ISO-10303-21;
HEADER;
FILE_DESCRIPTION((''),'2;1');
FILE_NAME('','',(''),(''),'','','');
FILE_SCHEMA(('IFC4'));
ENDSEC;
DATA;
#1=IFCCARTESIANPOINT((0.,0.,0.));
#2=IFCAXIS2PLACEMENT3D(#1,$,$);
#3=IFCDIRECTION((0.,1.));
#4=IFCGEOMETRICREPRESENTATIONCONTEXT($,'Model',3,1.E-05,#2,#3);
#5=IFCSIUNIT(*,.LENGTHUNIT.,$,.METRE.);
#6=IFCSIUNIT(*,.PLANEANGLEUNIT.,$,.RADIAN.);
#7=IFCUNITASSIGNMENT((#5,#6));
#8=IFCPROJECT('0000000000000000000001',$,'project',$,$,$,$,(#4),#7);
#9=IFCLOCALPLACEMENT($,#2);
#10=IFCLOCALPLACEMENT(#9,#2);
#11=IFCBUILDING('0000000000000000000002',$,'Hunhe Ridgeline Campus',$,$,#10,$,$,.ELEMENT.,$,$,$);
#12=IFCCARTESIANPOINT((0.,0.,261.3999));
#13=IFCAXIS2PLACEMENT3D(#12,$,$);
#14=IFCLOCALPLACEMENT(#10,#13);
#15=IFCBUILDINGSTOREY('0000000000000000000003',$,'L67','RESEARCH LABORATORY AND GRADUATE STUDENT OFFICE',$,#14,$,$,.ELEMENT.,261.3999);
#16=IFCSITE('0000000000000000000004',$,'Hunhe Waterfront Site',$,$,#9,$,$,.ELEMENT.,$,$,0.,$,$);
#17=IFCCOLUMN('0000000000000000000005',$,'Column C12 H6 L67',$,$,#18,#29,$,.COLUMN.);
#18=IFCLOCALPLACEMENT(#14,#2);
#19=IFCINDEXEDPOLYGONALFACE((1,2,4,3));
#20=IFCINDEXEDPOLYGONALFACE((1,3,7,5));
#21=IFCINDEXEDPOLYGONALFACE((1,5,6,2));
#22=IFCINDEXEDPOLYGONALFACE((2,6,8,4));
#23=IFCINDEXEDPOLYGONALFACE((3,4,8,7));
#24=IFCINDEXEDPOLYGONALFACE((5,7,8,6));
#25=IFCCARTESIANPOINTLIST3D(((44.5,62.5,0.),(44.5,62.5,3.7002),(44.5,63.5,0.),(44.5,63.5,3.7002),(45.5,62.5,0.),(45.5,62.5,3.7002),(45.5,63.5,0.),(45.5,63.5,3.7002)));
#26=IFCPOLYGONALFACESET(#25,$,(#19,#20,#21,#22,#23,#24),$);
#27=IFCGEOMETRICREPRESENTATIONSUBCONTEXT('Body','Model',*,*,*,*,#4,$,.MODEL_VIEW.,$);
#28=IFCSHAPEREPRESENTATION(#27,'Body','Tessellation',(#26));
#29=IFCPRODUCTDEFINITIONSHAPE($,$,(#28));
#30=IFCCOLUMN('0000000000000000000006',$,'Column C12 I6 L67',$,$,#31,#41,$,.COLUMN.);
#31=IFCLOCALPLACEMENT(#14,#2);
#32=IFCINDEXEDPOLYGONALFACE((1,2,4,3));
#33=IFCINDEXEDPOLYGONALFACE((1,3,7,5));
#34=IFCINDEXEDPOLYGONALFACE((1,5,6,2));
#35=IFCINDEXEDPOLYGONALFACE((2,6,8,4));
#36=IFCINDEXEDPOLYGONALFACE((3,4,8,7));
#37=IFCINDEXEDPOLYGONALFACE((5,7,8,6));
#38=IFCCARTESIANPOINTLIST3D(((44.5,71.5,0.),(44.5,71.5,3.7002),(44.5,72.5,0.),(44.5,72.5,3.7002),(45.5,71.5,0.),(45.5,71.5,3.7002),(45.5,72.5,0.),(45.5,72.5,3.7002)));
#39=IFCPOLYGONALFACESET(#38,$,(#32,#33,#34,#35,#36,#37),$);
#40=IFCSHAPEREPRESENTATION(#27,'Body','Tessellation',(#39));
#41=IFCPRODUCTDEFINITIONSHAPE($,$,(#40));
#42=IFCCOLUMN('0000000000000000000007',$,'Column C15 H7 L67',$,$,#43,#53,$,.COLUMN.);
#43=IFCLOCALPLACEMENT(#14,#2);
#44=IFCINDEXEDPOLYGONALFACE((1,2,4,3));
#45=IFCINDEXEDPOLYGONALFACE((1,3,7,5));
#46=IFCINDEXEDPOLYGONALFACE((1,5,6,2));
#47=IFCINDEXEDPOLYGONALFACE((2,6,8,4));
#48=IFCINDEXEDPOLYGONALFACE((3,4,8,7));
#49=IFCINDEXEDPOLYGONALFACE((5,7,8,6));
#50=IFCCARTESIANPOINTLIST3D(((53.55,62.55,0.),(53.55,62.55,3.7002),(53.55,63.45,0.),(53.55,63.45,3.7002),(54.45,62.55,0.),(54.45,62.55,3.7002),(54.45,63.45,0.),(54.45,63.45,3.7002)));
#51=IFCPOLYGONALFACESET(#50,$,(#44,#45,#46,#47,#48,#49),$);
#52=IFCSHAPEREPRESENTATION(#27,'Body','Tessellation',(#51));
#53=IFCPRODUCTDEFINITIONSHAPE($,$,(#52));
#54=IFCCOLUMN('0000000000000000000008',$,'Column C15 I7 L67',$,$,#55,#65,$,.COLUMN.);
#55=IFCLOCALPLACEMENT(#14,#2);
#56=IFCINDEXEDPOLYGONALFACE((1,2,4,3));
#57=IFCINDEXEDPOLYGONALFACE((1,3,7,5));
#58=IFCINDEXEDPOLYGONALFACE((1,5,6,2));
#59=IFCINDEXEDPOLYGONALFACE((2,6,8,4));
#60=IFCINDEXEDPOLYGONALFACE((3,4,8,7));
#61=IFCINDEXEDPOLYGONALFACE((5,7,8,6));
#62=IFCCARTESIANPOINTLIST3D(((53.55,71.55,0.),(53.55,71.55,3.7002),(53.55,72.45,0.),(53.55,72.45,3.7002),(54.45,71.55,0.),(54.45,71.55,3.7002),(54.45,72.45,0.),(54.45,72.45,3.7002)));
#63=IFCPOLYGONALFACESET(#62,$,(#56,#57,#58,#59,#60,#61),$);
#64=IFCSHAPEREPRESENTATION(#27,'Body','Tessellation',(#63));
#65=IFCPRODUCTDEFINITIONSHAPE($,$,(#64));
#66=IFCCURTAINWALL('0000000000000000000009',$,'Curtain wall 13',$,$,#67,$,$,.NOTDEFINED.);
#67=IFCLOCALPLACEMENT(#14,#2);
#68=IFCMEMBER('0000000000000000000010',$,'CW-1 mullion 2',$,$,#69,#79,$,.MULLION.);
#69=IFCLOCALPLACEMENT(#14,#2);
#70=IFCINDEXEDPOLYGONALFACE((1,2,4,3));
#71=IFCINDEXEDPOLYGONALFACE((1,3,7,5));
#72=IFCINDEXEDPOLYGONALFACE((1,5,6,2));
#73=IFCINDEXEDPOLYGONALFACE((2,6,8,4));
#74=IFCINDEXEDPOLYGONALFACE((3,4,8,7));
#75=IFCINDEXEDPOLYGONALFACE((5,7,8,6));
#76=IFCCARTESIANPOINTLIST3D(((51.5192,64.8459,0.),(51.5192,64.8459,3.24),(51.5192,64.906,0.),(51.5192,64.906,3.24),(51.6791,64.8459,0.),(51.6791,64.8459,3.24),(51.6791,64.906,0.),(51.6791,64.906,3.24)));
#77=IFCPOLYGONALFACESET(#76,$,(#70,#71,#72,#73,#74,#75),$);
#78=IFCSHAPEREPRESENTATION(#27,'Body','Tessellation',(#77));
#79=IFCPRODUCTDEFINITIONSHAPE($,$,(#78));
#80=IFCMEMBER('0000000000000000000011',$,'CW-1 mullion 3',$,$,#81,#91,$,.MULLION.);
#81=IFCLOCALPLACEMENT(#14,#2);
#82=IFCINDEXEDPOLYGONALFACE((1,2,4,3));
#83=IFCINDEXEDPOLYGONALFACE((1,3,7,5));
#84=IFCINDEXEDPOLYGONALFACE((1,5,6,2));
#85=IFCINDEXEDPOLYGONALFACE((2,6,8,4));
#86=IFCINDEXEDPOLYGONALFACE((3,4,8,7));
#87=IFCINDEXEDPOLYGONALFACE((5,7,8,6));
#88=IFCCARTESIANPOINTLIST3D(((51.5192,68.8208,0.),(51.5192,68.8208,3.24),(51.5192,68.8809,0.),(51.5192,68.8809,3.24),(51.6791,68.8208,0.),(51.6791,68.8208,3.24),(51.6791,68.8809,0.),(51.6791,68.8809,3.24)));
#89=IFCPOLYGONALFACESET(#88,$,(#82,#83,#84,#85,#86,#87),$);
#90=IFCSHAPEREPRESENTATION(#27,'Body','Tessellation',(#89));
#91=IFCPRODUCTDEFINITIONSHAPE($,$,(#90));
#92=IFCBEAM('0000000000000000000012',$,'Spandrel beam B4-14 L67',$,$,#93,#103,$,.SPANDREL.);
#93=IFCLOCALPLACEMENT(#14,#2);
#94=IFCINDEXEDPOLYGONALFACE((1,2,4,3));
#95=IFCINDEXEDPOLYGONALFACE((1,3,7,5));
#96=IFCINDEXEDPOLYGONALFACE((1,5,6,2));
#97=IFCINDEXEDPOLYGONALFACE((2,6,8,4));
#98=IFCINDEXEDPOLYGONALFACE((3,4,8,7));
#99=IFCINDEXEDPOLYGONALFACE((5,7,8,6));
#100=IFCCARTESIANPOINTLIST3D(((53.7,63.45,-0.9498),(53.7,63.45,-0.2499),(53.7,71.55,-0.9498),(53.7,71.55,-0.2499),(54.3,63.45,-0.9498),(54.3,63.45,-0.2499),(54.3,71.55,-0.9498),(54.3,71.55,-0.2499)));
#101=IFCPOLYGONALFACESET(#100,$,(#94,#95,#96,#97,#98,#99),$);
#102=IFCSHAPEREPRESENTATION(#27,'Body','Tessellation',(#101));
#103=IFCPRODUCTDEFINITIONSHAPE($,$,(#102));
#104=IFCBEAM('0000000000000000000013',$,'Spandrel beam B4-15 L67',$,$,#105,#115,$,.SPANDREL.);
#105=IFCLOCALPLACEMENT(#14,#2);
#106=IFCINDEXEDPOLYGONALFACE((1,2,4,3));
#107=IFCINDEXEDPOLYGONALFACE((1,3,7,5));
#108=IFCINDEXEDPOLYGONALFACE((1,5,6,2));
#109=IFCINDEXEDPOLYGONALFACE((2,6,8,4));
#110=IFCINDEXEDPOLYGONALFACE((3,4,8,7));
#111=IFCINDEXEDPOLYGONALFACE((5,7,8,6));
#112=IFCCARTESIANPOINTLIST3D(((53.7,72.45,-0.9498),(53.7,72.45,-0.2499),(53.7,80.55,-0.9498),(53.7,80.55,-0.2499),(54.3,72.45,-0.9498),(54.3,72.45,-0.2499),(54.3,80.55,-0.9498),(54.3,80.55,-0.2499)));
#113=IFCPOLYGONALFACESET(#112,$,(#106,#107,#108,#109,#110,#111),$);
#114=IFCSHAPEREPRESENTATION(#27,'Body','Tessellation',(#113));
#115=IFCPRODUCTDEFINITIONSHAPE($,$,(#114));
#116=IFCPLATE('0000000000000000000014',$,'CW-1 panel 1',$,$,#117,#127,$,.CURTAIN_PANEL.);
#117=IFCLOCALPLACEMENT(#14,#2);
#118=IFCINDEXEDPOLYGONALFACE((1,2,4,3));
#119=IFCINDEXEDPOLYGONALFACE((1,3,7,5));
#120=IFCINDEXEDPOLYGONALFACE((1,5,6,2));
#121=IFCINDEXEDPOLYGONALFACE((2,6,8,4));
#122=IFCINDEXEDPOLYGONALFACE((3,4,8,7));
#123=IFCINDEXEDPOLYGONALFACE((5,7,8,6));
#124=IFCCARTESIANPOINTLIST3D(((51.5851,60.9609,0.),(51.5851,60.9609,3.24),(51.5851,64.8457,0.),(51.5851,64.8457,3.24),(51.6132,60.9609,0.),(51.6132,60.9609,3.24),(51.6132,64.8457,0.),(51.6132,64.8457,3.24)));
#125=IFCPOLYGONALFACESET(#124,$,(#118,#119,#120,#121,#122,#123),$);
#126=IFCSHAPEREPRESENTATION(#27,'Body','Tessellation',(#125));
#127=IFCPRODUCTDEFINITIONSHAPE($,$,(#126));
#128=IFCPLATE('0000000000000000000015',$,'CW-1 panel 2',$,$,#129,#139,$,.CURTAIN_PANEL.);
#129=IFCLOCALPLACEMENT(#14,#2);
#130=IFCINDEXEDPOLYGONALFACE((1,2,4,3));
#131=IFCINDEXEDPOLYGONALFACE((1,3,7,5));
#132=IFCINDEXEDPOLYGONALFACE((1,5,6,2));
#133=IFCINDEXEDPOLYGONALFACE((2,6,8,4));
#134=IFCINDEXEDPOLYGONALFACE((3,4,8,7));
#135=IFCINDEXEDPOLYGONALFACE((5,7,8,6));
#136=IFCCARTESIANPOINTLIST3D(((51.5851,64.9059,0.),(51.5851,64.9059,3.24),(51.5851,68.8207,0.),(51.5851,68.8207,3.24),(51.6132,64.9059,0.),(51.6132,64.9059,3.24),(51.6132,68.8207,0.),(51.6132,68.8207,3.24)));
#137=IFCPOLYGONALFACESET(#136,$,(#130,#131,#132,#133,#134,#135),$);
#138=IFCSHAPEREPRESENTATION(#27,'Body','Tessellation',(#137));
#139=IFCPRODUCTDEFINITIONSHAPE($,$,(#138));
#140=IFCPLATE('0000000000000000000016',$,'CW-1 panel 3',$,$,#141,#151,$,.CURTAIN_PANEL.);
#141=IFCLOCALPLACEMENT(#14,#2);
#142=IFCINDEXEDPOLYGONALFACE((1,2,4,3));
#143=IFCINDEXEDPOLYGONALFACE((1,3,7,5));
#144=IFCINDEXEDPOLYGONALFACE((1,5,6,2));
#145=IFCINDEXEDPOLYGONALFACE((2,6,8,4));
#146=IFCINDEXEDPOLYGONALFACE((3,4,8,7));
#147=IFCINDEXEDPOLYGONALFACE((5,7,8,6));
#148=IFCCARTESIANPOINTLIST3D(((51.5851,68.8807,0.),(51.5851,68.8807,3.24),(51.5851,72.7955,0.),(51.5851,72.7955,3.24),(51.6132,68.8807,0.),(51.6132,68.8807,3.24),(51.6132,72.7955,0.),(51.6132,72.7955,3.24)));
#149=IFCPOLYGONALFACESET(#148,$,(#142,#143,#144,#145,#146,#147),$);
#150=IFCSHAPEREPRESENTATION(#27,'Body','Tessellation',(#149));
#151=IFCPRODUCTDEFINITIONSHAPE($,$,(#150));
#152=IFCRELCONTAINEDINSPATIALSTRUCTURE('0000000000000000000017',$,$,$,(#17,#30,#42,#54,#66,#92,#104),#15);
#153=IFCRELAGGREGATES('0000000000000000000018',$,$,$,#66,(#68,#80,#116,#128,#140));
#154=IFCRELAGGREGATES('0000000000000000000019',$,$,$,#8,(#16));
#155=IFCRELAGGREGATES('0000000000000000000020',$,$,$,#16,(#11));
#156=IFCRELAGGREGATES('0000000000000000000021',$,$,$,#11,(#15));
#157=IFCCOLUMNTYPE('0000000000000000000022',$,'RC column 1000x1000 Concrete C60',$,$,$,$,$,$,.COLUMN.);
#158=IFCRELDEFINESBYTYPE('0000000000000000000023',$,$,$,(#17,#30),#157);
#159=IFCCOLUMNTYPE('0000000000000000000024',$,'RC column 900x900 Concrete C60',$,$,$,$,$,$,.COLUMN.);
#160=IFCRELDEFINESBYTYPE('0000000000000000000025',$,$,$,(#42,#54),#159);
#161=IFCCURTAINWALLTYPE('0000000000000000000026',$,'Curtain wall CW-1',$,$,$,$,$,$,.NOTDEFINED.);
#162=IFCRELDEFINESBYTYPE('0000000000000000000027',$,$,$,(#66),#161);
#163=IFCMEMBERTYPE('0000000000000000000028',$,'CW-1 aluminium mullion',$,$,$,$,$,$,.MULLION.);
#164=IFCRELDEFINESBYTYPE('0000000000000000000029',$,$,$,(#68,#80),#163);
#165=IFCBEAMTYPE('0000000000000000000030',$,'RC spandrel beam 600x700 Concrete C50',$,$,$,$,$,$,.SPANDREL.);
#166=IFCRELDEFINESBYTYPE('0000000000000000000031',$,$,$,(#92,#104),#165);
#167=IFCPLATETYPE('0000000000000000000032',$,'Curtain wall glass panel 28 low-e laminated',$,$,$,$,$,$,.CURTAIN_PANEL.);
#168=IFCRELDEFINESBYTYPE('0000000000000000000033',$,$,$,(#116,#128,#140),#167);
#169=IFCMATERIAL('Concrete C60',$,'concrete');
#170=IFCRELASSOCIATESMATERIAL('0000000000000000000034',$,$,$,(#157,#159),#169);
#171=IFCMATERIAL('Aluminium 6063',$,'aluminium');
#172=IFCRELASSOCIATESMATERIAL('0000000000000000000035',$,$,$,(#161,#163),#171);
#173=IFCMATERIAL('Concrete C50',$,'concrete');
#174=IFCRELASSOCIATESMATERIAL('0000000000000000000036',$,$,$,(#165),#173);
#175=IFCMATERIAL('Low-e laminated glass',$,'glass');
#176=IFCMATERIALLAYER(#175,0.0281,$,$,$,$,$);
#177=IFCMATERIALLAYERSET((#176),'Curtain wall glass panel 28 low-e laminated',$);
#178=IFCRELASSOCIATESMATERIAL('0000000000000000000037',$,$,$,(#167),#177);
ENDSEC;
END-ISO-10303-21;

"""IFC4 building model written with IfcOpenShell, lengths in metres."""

from ifc_helpers import new_model, si_unit, direction, frame, origin, origin_2d, place, context, subcontext, project, spatial, rectangle, extrude, material, layer, layer_set, material_profile, profile_set, type_object, element, aggregate, save


model = new_model("IFC4")

# Units and contexts
model_context = context("Model", 3, precision=1e-05, world=origin(), true_north=direction((0.0, 1.0)))
body_context = subcontext(model_context, "Body", "Model", "MODEL_VIEW")
ifc_project = project(units=[si_unit("LENGTHUNIT", "METRE"), si_unit("PLANEANGLEUNIT", "RADIAN")], contexts=[model_context])

# Site, building, storey
site_placement = place(None, origin())
site = spatial("IfcSite", under=ifc_project, at=site_placement, Name="Hunhe Waterfront Site", CompositionType="ELEMENT", RefElevation=0.0)
building_placement = place(site_placement, origin())
building = spatial("IfcBuilding", under=site, at=building_placement, Name="Hunhe Ridgeline Campus", CompositionType="ELEMENT")
storey_placement = place(building_placement, frame((0.0, 0.0, 261.3999)))
storey = spatial("IfcBuildingStorey", under=building, at=storey_placement, Name="L67", Description="RESEARCH LABORATORY AND GRADUATE STUDENT OFFICE", CompositionType="ELEMENT", Elevation=261.3999)

# Columns
ifc_material_1 = material(Name="Concrete C60", Category="concrete")
ifc_material_profile_1 = material_profile(ifc_material_1, rectangle(XDim=1.0, YDim=1.0, at=origin_2d()))
ifc_profile_set_1 = profile_set([ifc_material_profile_1], Name="Concrete C60")
column_type_1 = type_object("IfcColumnType", Name="RC column 1000x1000 Concrete C60", PredefinedType="COLUMN", material=ifc_profile_set_1)
for number, where, z_axis, x_axis, name in (
    (1, (45.0, 63.0, 0.0), (0.0, 0.0, 1.0), (1.0, 0.0, 0.0), "Column C12 H6 L67"),
    (2, (45.0, 72.0, 0.0), (0.0, 0.0, 1.0), (1.0, 0.0, 0.0), "Column C12 I6 L67"),
):
    element("IfcColumn", number, at=place(storey_placement, frame(where, z_axis=z_axis, x_axis=x_axis)), inside=storey, type_object=column_type_1, Name=name, PredefinedType="COLUMN", context=body_context, shape_type="SweptSolid", body=[
        extrude(rectangle(XDim=1.0, YDim=1.0, at=origin_2d()), origin(), (0.0, 0.0, 1.0), 3.7002),
    ])
ifc_material_profile_2 = material_profile(ifc_material_1, rectangle(XDim=0.8999, YDim=0.8999, at=origin_2d()))
ifc_profile_set_2 = profile_set([ifc_material_profile_2], Name="Concrete C60")
column_type_2 = type_object("IfcColumnType", Name="RC column 900x900 Concrete C60", PredefinedType="COLUMN", material=ifc_profile_set_2)
for number, where, z_axis, x_axis, name in (
    (3, (54.0, 63.0, 0.0), (0.0, 0.0, 1.0), (1.0, 0.0, 0.0), "Column C15 H7 L67"),
    (4, (54.0, 72.0, 0.0), (0.0, 0.0, 1.0), (1.0, 0.0, 0.0), "Column C15 I7 L67"),
):
    element("IfcColumn", number, at=place(storey_placement, frame(where, z_axis=z_axis, x_axis=x_axis)), inside=storey, type_object=column_type_2, Name=name, PredefinedType="COLUMN", context=body_context, shape_type="SweptSolid", body=[
        extrude(rectangle(XDim=0.8999, YDim=0.8999, at=origin_2d()), origin(), (0.0, 0.0, 1.0), 3.7002),
    ])

# Curtain wall, members
ifc_material_2 = material(Name="Aluminium 6063", Category="aluminium")
curtain_wall_type = type_object("IfcCurtainWallType", Name="Curtain wall CW-1", PredefinedType="NOTDEFINED", material=ifc_material_2)
curtain_wall_placement = place(storey_placement, origin())
curtain_wall = element("IfcCurtainWall", 5, at=curtain_wall_placement, inside=storey, type_object=curtain_wall_type, Name="Curtain wall 13", PredefinedType="NOTDEFINED")
ifc_material_profile_3 = material_profile(ifc_material_2, rectangle(XDim=0.1599, YDim=0.0601, at=origin_2d()))
ifc_profile_set_3 = profile_set([ifc_material_profile_3], Name="Aluminium 6063")
member_type = type_object("IfcMemberType", Name="CW-1 aluminium mullion", PredefinedType="MULLION", material=ifc_profile_set_3)
member_1_placement = place(storey_placement, frame((51.5991, 64.876, 0.0), z_axis=(0.0, 0.0, 1.0), x_axis=(-1.0, 0.0, 0.0)))
member_1 = element("IfcMember", 6, at=member_1_placement, type_object=member_type, Name="CW-1 mullion 2", PredefinedType="MULLION", context=body_context, shape_type="SweptSolid", body=[
    extrude(rectangle(XDim=0.1599, YDim=0.0601, at=origin_2d()), origin(), (0.0, 0.0, 1.0), 3.24),
])
member_2_placement = place(storey_placement, frame((51.5991, 68.8508, 0.0), z_axis=(0.0, 0.0, 1.0), x_axis=(-1.0, 0.0, 0.0)))
member_2 = element("IfcMember", 7, at=member_2_placement, type_object=member_type, Name="CW-1 mullion 3", PredefinedType="MULLION", context=body_context, shape_type="SweptSolid", body=[
    extrude(rectangle(XDim=0.1599, YDim=0.0601, at=origin_2d()), origin(), (0.0, 0.0, 1.0), 3.24),
])

# Beams
ifc_material_3 = material(Name="Concrete C50", Category="concrete")
ifc_material_profile_4 = material_profile(ifc_material_3, rectangle(XDim=0.6001, YDim=0.7, at=origin_2d()))
ifc_profile_set_4 = profile_set([ifc_material_profile_4], Name="Concrete C50")
beam_type = type_object("IfcBeamType", Name="RC spandrel beam 600x700 Concrete C50", PredefinedType="SPANDREL", material=ifc_profile_set_4)
for number, where, z_axis, x_axis, name in (
    (8, (54.0, 63.45, -0.5999), (0.0, 1.0, 0.0), (-1.0, 0.0, 0.0), "Spandrel beam B4-14 L67"),
    (9, (54.0, 72.45, -0.5999), (0.0, 1.0, 0.0), (-1.0, 0.0, 0.0), "Spandrel beam B4-15 L67"),
):
    element("IfcBeam", number, at=place(storey_placement, frame(where, z_axis=z_axis, x_axis=x_axis)), inside=storey, type_object=beam_type, Name=name, PredefinedType="SPANDREL", context=body_context, shape_type="SweptSolid", body=[
        extrude(rectangle(XDim=0.6001, YDim=0.7, at=origin_2d()), origin(), (0.0, 0.0, 1.0), 8.1001),
    ])

# Plates
ifc_material_4 = material(Name="Low-e laminated glass", Category="glass")
ifc_layer_1 = layer(ifc_material_4, 0.0281)
ifc_layer_set_1 = layer_set([ifc_layer_1], Name="Curtain wall glass panel 28 low-e laminated")
plate_type = type_object("IfcPlateType", Name="Curtain wall glass panel 28 low-e laminated", PredefinedType="CURTAIN_PANEL", material=ifc_layer_set_1)
plate_1_placement = place(storey_placement, frame((51.5991, 62.9033, 0.0), z_axis=(0.0, 0.0, 1.0), x_axis=(0.0, 1.0, 0.0)))
plate_1 = element("IfcPlate", 10, at=plate_1_placement, type_object=plate_type, Name="CW-1 panel 1", PredefinedType="CURTAIN_PANEL", context=body_context, shape_type="SweptSolid", body=[
    extrude(rectangle(XDim=3.8848, YDim=0.0281, at=origin_2d()), origin(), (0.0, 0.0, 1.0), 3.24),
])
plate_2_placement = place(storey_placement, frame((51.5991, 66.8633, 0.0), z_axis=(0.0, 0.0, 1.0), x_axis=(0.0, 1.0, 0.0)))
plate_2 = element("IfcPlate", 11, at=plate_2_placement, type_object=plate_type, Name="CW-1 panel 2", PredefinedType="CURTAIN_PANEL", context=body_context, shape_type="SweptSolid", body=[
    extrude(rectangle(XDim=3.9148, YDim=0.0281, at=origin_2d()), origin(), (0.0, 0.0, 1.0), 3.24),
])
plate_3_placement = place(storey_placement, frame((51.5991, 70.8381, 0.0), z_axis=(0.0, 0.0, 1.0), x_axis=(0.0, 1.0, 0.0)))
plate_3 = element("IfcPlate", 12, at=plate_3_placement, type_object=plate_type, Name="CW-1 panel 3", PredefinedType="CURTAIN_PANEL", context=body_context, shape_type="SweptSolid", body=[
    extrude(rectangle(XDim=3.9148, YDim=0.0281, at=origin_2d()), origin(), (0.0, 0.0, 1.0), 3.24),
])
aggregate(curtain_wall, [member_1, member_2, plate_1, plate_2, plate_3])

save(model, "model.ifc")
